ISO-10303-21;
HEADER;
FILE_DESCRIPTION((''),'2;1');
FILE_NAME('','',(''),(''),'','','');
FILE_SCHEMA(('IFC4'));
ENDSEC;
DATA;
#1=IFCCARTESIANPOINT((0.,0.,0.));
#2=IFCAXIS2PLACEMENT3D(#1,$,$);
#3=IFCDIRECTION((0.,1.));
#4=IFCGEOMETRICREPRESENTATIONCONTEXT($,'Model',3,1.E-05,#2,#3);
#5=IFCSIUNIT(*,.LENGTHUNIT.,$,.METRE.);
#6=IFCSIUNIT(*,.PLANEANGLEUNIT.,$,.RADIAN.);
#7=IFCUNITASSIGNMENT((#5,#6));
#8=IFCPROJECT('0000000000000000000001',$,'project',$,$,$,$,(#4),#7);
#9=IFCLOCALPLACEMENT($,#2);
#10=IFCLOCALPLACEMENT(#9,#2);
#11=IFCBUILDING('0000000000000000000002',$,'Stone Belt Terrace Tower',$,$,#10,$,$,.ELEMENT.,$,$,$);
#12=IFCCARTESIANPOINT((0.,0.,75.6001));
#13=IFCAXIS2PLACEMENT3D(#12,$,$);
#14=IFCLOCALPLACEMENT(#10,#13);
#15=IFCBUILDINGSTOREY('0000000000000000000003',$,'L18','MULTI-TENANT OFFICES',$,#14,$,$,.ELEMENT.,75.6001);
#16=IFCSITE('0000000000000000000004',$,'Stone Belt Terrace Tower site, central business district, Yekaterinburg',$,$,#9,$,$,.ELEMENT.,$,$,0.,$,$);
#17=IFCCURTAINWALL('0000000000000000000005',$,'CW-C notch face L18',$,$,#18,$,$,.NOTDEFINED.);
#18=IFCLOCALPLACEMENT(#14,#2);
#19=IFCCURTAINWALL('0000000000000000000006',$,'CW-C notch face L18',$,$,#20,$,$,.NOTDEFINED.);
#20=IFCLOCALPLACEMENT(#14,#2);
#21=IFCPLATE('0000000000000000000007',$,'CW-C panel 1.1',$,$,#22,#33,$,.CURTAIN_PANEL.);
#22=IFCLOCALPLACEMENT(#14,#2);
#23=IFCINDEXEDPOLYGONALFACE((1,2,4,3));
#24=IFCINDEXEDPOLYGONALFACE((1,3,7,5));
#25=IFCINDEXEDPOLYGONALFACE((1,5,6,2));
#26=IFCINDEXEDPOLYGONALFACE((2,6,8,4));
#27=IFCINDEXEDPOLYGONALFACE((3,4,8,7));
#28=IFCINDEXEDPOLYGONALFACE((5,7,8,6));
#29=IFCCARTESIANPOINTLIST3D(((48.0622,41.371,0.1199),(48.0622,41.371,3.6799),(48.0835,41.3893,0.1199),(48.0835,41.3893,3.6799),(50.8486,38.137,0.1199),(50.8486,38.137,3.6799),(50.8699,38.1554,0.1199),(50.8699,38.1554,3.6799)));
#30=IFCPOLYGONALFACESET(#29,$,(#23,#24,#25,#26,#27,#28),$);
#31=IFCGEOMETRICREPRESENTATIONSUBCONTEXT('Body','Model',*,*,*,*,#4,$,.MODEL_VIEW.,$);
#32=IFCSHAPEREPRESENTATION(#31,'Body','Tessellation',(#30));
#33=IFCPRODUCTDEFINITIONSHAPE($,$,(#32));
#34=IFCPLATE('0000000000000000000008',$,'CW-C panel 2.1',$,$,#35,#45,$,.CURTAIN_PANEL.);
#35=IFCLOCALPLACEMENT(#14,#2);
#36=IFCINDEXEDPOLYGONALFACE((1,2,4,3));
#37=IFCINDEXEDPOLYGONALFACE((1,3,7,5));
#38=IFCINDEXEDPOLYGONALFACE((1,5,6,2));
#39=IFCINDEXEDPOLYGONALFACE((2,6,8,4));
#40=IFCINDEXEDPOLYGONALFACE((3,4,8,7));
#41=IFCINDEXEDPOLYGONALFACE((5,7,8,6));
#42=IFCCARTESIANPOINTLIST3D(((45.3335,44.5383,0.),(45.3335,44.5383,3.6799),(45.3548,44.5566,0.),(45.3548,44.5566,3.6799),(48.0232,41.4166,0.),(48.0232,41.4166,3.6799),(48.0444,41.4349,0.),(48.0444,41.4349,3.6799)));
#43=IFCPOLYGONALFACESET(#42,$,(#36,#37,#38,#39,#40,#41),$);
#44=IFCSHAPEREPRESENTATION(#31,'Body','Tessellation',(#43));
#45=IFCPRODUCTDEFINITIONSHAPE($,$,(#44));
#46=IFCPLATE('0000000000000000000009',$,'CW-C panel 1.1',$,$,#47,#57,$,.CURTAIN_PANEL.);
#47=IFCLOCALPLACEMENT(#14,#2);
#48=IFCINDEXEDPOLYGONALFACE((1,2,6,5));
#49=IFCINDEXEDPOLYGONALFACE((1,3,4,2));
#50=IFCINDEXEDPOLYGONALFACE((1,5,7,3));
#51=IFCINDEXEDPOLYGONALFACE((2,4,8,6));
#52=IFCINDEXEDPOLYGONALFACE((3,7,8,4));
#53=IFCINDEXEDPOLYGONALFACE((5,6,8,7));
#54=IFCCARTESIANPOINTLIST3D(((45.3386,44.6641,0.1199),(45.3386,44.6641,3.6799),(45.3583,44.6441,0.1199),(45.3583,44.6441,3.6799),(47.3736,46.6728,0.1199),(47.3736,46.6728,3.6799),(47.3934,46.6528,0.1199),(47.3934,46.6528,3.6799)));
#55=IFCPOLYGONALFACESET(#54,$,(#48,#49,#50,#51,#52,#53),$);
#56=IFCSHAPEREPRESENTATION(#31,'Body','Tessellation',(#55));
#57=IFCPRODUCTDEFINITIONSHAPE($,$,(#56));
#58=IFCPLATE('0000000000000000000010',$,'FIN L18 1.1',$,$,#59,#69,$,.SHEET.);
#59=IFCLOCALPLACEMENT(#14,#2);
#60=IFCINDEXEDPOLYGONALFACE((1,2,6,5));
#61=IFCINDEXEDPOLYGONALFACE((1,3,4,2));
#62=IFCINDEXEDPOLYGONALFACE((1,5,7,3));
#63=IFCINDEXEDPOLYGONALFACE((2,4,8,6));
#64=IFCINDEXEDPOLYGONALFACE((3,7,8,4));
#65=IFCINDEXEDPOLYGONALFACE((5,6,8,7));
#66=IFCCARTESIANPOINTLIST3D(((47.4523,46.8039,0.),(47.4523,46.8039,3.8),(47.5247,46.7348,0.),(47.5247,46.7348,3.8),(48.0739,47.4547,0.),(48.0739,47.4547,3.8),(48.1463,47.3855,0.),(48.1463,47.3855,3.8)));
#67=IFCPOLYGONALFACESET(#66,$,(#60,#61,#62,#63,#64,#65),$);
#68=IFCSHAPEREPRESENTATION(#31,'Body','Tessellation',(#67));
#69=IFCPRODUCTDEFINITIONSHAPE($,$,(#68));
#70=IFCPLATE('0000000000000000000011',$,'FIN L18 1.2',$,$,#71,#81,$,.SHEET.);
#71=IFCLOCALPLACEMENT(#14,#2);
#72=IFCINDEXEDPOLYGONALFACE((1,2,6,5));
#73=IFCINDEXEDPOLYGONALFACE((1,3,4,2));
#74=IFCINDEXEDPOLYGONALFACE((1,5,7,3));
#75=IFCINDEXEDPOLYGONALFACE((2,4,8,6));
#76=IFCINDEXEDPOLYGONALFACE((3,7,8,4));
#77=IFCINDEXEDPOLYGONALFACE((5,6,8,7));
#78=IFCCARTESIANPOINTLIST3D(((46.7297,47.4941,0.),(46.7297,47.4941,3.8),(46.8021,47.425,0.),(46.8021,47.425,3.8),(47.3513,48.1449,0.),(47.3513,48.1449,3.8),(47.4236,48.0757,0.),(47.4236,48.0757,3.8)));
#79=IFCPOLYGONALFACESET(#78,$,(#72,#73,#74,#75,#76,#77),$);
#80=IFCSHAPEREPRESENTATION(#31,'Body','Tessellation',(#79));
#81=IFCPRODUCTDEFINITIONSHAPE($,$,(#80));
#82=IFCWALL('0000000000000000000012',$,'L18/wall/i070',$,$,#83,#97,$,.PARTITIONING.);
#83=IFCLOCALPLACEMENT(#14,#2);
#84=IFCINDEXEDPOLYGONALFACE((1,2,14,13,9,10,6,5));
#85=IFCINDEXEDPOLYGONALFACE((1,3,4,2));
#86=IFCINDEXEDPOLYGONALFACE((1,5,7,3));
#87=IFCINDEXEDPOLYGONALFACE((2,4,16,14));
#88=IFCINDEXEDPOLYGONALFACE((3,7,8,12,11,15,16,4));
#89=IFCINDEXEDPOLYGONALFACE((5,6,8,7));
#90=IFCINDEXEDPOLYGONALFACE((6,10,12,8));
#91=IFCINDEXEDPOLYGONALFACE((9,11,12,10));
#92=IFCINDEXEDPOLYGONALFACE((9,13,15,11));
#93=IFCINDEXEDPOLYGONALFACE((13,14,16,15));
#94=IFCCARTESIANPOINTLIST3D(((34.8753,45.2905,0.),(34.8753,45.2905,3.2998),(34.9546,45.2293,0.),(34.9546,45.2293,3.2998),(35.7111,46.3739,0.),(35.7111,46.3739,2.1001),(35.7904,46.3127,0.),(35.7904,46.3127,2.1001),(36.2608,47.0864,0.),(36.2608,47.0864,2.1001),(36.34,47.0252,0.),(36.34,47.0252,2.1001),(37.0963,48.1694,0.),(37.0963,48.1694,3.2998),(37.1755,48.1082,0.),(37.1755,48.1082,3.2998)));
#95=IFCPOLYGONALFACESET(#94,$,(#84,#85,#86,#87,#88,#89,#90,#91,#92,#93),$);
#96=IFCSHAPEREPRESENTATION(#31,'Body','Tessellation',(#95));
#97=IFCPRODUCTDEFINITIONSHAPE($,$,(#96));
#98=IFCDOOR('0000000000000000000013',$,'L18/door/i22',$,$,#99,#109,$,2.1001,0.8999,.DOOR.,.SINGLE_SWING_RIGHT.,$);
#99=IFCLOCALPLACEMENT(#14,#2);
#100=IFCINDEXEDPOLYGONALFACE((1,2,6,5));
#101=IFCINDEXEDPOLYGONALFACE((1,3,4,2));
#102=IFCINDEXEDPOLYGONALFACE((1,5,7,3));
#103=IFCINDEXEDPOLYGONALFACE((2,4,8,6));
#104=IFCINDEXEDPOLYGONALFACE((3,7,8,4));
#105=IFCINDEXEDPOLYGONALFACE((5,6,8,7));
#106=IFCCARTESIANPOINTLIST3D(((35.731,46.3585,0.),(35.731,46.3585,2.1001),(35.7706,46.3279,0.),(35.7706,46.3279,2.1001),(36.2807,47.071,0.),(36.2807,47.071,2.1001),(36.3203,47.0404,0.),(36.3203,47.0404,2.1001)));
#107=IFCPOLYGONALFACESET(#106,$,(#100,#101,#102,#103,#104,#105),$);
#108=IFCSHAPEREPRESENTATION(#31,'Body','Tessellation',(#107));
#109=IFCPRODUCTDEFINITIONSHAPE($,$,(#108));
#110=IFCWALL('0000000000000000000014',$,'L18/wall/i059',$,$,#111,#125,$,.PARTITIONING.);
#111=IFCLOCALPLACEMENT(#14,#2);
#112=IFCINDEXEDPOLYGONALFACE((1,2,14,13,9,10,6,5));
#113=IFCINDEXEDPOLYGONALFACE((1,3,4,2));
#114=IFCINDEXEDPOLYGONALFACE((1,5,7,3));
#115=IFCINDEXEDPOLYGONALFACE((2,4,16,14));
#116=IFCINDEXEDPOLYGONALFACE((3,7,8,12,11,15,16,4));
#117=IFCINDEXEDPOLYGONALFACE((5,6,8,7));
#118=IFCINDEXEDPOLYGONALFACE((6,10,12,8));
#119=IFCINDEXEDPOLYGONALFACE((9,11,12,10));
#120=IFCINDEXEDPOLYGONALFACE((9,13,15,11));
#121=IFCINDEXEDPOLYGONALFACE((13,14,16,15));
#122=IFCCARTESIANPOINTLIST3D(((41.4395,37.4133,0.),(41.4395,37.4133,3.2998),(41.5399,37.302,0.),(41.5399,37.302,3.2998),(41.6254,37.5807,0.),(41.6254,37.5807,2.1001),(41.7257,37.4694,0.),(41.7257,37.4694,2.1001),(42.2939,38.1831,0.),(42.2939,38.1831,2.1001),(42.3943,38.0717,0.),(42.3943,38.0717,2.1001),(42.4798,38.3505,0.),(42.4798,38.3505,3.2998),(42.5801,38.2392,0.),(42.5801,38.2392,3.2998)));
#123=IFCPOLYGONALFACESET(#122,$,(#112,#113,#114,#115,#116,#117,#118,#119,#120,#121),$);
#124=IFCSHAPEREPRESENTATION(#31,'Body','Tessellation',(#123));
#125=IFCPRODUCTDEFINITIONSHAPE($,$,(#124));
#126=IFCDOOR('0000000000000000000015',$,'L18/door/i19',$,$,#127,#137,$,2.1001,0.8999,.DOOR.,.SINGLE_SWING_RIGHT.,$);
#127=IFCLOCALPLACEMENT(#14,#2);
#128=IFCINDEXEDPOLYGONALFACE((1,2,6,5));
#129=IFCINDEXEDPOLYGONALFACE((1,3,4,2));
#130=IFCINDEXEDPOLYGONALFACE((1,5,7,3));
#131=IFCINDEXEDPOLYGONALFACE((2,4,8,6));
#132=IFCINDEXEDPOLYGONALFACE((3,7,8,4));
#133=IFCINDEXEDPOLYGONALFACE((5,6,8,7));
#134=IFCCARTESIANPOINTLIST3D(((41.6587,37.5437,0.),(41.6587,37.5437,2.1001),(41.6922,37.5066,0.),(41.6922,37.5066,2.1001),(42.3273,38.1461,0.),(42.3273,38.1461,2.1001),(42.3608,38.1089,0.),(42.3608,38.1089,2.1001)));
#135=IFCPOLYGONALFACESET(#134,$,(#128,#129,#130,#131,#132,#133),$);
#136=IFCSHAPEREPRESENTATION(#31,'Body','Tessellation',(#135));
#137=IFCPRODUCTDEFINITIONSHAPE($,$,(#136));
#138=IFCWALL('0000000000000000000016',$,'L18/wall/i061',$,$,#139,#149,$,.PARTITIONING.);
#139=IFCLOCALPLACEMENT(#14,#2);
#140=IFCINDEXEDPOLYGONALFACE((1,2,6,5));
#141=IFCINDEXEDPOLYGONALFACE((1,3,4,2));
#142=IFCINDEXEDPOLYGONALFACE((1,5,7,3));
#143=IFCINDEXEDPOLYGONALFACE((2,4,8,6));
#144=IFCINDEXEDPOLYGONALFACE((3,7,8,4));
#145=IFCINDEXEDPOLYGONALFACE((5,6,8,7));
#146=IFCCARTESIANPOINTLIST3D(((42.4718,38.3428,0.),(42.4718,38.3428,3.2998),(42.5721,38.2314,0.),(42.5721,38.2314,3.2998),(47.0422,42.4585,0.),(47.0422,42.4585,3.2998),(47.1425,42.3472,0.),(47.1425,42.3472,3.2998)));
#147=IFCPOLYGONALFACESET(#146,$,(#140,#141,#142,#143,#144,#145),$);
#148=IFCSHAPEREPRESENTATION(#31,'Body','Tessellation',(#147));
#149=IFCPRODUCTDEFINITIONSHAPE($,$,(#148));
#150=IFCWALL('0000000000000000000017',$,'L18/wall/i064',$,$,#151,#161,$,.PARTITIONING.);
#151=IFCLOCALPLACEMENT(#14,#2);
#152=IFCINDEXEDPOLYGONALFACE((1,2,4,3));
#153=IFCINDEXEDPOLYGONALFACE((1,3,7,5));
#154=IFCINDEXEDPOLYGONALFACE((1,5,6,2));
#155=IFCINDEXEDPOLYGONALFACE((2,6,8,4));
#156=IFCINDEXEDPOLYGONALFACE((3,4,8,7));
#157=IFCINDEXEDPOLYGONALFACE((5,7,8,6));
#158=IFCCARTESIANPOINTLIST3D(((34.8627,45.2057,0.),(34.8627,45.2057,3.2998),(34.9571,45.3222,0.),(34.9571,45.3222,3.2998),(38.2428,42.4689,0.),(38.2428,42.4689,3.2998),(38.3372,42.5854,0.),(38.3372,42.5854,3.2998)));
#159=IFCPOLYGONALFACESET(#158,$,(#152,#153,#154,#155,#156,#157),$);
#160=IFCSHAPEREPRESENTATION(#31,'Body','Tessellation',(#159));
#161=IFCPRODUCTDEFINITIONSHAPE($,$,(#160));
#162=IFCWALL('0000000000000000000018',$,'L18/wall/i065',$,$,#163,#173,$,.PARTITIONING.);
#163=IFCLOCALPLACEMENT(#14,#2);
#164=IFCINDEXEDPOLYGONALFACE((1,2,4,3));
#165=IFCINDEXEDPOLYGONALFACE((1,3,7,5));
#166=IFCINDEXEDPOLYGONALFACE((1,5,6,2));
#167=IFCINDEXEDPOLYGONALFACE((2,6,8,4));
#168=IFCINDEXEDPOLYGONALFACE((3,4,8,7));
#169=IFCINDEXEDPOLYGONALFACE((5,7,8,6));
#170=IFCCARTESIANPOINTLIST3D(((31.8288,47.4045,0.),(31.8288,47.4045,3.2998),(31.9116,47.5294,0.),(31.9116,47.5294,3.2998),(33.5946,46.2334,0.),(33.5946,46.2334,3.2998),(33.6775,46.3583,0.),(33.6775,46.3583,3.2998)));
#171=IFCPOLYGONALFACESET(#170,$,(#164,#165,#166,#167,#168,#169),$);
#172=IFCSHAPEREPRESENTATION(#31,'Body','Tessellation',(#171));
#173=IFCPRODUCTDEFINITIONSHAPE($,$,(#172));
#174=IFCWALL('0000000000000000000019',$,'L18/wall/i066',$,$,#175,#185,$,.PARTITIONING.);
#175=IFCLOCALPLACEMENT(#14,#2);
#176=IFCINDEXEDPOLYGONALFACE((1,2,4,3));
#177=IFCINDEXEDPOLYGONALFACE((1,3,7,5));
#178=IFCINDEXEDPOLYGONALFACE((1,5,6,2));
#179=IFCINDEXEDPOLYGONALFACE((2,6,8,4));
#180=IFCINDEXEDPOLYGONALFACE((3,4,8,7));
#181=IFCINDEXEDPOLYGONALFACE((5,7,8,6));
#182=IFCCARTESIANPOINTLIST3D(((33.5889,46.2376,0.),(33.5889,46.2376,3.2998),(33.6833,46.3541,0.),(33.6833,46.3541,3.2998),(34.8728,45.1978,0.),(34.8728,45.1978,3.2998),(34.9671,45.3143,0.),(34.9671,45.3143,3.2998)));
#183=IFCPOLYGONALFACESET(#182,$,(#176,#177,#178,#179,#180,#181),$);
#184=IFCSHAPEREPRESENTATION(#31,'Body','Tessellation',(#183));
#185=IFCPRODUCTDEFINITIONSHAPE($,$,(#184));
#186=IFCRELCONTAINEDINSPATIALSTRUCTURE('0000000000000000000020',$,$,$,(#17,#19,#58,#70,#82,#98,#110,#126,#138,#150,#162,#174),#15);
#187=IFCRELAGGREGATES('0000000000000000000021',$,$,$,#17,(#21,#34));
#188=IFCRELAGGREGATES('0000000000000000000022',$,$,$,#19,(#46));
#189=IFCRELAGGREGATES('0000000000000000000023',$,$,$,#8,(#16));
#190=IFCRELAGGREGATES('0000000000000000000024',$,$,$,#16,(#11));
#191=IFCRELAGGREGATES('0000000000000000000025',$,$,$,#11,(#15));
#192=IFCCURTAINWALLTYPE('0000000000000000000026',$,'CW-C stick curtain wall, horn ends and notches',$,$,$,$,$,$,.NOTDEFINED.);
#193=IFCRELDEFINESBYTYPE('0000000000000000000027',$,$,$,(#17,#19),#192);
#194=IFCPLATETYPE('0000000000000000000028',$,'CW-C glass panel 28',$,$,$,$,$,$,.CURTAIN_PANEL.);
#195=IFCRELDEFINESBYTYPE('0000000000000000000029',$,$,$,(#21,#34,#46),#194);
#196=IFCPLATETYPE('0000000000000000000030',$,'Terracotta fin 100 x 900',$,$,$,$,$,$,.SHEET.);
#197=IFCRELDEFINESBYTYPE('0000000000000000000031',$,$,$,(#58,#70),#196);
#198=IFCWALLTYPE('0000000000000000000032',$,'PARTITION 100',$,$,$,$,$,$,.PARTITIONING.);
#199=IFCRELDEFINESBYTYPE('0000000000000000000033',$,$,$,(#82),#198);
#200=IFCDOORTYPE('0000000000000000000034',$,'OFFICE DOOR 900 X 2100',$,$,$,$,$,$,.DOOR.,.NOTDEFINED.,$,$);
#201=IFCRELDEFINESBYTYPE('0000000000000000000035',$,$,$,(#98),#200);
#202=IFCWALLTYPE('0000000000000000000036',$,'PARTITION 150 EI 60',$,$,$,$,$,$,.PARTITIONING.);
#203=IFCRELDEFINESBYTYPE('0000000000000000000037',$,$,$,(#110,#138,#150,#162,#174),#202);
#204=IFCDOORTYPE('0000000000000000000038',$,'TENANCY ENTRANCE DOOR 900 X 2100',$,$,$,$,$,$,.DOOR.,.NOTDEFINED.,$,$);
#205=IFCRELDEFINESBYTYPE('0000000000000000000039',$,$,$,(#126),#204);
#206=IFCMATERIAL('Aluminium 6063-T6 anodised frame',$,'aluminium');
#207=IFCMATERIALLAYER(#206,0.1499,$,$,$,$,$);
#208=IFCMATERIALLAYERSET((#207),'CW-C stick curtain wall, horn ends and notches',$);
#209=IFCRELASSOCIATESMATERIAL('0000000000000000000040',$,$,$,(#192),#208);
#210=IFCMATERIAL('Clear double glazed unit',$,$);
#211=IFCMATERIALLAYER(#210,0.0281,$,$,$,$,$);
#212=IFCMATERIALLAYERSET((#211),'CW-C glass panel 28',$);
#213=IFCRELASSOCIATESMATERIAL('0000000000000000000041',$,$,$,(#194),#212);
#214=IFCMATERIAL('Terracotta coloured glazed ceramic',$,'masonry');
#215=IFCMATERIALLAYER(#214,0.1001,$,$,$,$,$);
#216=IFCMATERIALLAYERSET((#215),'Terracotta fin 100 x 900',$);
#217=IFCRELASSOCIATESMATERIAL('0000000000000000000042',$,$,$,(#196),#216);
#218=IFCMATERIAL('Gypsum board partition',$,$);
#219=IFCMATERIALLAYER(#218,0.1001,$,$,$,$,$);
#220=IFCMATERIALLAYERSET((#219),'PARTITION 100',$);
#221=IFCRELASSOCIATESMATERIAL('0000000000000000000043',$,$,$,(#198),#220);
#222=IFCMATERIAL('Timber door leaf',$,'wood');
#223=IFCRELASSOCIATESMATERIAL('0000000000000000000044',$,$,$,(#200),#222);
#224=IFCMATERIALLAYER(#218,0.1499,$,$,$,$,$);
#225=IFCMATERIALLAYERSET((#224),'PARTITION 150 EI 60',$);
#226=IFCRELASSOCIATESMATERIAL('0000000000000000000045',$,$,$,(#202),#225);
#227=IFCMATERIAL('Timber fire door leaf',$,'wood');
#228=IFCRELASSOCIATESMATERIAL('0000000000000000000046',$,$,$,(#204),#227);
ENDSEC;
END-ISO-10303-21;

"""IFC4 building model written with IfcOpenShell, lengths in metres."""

from ifc_helpers import new_model, si_unit, direction, frame, frame_2d, origin, origin_2d, place, context, subcontext, project, spatial, rectangle, extrude, material, layer, layer_set, type_object, element, fill, aggregate, save


model = new_model("IFC4")

# Units and contexts
model_context = context("Model", 3, precision=1e-05, world=origin(), true_north=direction((0.0, 1.0)))
body_context = subcontext(model_context, "Body", "Model", "MODEL_VIEW")
ifc_project = project(units=[si_unit("LENGTHUNIT", "METRE"), si_unit("PLANEANGLEUNIT", "RADIAN")], contexts=[model_context])

# Site, building, storey
site_placement = place(None, origin())
site = spatial("IfcSite", under=ifc_project, at=site_placement, Name="Stone Belt Terrace Tower site, central business district, Yekaterinburg", CompositionType="ELEMENT", RefElevation=0.0)
building_placement = place(site_placement, origin())
building = spatial("IfcBuilding", under=site, at=building_placement, Name="Stone Belt Terrace Tower", CompositionType="ELEMENT")
storey_placement = place(building_placement, frame((0.0, 0.0, 75.6001)))
storey = spatial("IfcBuildingStorey", under=building, at=storey_placement, Name="L18", Description="MULTI-TENANT OFFICES", CompositionType="ELEMENT", Elevation=75.6001)

# Curtain wall
ifc_material_1 = material(Name="Aluminium 6063-T6 anodised frame", Category="aluminium")
ifc_layer_1 = layer(ifc_material_1, 0.1499)
ifc_layer_set_1 = layer_set([ifc_layer_1], Name="CW-C stick curtain wall, horn ends and notches")
curtain_wall_type_1 = type_object("IfcCurtainWallType", Name="CW-C stick curtain wall, horn ends and notches", PredefinedType="NOTDEFINED", material=ifc_layer_set_1)
curtain_wall_1_placement = place(storey_placement, origin())
curtain_wall_1 = element("IfcCurtainWall", 1, at=curtain_wall_1_placement, inside=storey, type_object=curtain_wall_type_1, Name="CW-C notch face L18", PredefinedType="NOTDEFINED")

# Curtain wall
curtain_wall_2_placement = place(storey_placement, origin())
curtain_wall_2 = element("IfcCurtainWall", 2, at=curtain_wall_2_placement, inside=storey, type_object=curtain_wall_type_1, Name="CW-C notch face L18", PredefinedType="NOTDEFINED")

# Plates
ifc_material_2 = material(Name="Clear double glazed unit")
ifc_layer_2 = layer(ifc_material_2, 0.0281)
ifc_layer_set_2 = layer_set([ifc_layer_2], Name="CW-C glass panel 28")
plate_type_1 = type_object("IfcPlateType", Name="CW-C glass panel 28", PredefinedType="CURTAIN_PANEL", material=ifc_layer_set_2)
plate_1_placement = place(storey_placement, frame((49.4661, 39.7632, 0.1199), z_axis=(0.0, 0.0, 1.0), x_axis=(-0.652738, 0.757584, 0.0)))
plate_1 = element("IfcPlate", 3, at=plate_1_placement, type_object=plate_type_1, Name="CW-C panel 1.1", PredefinedType="CURTAIN_PANEL", context=body_context, shape_type="SweptSolid", body=[
    extrude(rectangle(XDim=4.2688, YDim=0.0281, at=origin_2d()), origin(), (0.0, 0.0, 1.0), 3.5601),
])
plate_2_placement = place(storey_placement, frame((46.689, 42.9866, 0.0), z_axis=(0.0, 0.0, 1.0), x_axis=(-0.652738, 0.757584, 0.0)))
plate_2 = element("IfcPlate", 4, at=plate_2_placement, type_object=plate_type_1, Name="CW-C panel 2.1", PredefinedType="CURTAIN_PANEL", context=body_context, shape_type="SweptSolid", body=[
    extrude(rectangle(XDim=4.1206, YDim=0.0281, at=origin_2d()), origin(), (0.0, 0.0, 1.0), 3.6799),
])
aggregate(curtain_wall_1, [plate_1, plate_2])
plate_3_placement = place(storey_placement, frame((46.366, 45.6584, 0.1199), z_axis=(0.0, 0.0, 1.0), x_axis=(0.711713, 0.70247, 0.0)))
plate_3 = element("IfcPlate", 5, at=plate_3_placement, type_object=plate_type_1, Name="CW-C panel 1.1", PredefinedType="CURTAIN_PANEL", context=body_context, shape_type="SweptSolid", body=[
    extrude(rectangle(XDim=2.8594, YDim=0.0281, at=origin_2d()), origin(), (0.0, 0.0, 1.0), 3.5601),
])
aggregate(curtain_wall_2, [plate_3])

# Plates
ifc_material_3 = material(Name="Terracotta coloured glazed ceramic", Category="masonry")
ifc_layer_3 = layer(ifc_material_3, 0.1001)
ifc_layer_set_3 = layer_set([ifc_layer_3], Name="Terracotta fin 100 x 900")
plate_type_2 = type_object("IfcPlateType", Name="Terracotta fin 100 x 900", PredefinedType="SHEET", material=ifc_layer_set_3)
for number, where, z_axis, x_axis, name in (
    (6, (47.7993, 47.0947, 0.0), (0.0, 0.0, 1.0), (0.690721, 0.723121, 0.0), "FIN L18 1.1"),
    (7, (47.0767, 47.7849, 0.0), (0.0, 0.0, 1.0), (0.690721, 0.723121, 0.0), "FIN L18 1.2"),
):
    element("IfcPlate", number, at=place(storey_placement, frame(where, z_axis=z_axis, x_axis=x_axis)), inside=storey, type_object=plate_type_2, Name=name, PredefinedType="SHEET", context=body_context, shape_type="SweptSolid", body=[
        extrude(rectangle(XDim=0.8999, YDim=0.1001, at=origin_2d()), origin(), (0.0, 0.0, 1.0), 3.8),
    ])

# Walls, openings, doors
ifc_material_4 = material(Name="Gypsum board partition")
ifc_layer_4 = layer(ifc_material_4, 0.1001)
ifc_layer_set_4 = layer_set([ifc_layer_4], Name="PARTITION 100")
wall_type_1 = type_object("IfcWallType", Name="PARTITION 100", PredefinedType="PARTITIONING", material=ifc_layer_set_4)
wall_1_placement = place(storey_placement, frame((34.915, 45.26, 0.0), z_axis=(0.0, 0.0, 1.0), x_axis=(0.610817, 0.791772, 0.0)))
wall_1 = element("IfcWall", 8, at=wall_1_placement, inside=storey, type_object=wall_type_1, Name="L18/wall/i070", PredefinedType="PARTITIONING", context=body_context, shape_type="SweptSolid", body=[
    extrude(rectangle(XDim=3.636, YDim=0.1001, at=frame_2d((1.8179, 0.0))), origin(), (0.0, 0.0, 1.0), 3.2998),
])
opening_1_placement = place(wall_1_placement, frame((1.3682, 0.0, 0.0)))
opening_1 = element("IfcOpeningElement", 9, at=opening_1_placement, cuts=wall_1, PredefinedType="OPENING", context=body_context, shape_type="SweptSolid", body=[
    extrude(rectangle(XDim=0.8999, YDim=2.1001, at=frame_2d((0.45, 1.05))), frame((0.0, 0.0601, 0.0), z_axis=(0.0, -1.0, 0.0), x_axis=(1.0, 0.0, 0.0)), (0.0, 0.0, 1.0), 0.1201),
])
ifc_material_5 = material(Name="Timber door leaf", Category="wood")
door_type_1 = type_object("IfcDoorType", Name="OFFICE DOOR 900 X 2100", OperationType="NOTDEFINED", PredefinedType="DOOR", material=ifc_material_5)
door_1_placement = place(opening_1_placement, origin())
door_1 = element("IfcDoor", 10, at=door_1_placement, inside=storey, type_object=door_type_1, Name="L18/door/i22", OperationType="SINGLE_SWING_RIGHT", OverallHeight=2.1001, OverallWidth=0.8999, PredefinedType="DOOR", context=body_context, shape_type="SweptSolid", body=[
    extrude(rectangle(XDim=0.8999, YDim=2.1001, at=frame_2d((0.45, 1.05))), frame((0.0, 0.0249, 0.0), z_axis=(0.0, -1.0, 0.0), x_axis=(1.0, 0.0, 0.0)), (0.0, 0.0, 1.0), 0.05),
])
fill(opening_1, door_1)
ifc_layer_5 = layer(ifc_material_4, 0.1499)
ifc_layer_set_5 = layer_set([ifc_layer_5], Name="PARTITION 150 EI 60")
wall_type_2 = type_object("IfcWallType", Name="PARTITION 150 EI 60", PredefinedType="PARTITIONING", material=ifc_layer_set_5)
wall_2_placement = place(storey_placement, frame((42.53, 38.2949, 0.0), z_axis=(0.0, 0.0, 1.0), x_axis=(-0.742939, -0.66936, 0.0)))
wall_2 = element("IfcWall", 11, at=wall_2_placement, inside=storey, type_object=wall_type_2, Name="L18/wall/i059", PredefinedType="PARTITIONING", context=body_context, shape_type="SweptSolid", body=[
    extrude(rectangle(XDim=1.4001, YDim=0.1499, at=frame_2d((0.7002, 0.0))), origin(), (0.0, 0.0, 1.0), 3.2998),
])
opening_2_placement = place(wall_2_placement, frame((0.2502, 0.0, 0.0)))
opening_2 = element("IfcOpeningElement", 12, at=opening_2_placement, cuts=wall_2, PredefinedType="OPENING", context=body_context, shape_type="SweptSolid", body=[
    extrude(rectangle(XDim=0.8999, YDim=2.1001, at=frame_2d((0.45, 1.05))), frame((0.0, 0.085, 0.0), z_axis=(0.0, -1.0, 0.0), x_axis=(1.0, 0.0, 0.0)), (0.0, 0.0, 1.0), 0.1699),
])
ifc_material_6 = material(Name="Timber fire door leaf", Category="wood")
door_type_2 = type_object("IfcDoorType", Name="TENANCY ENTRANCE DOOR 900 X 2100", OperationType="NOTDEFINED", PredefinedType="DOOR", material=ifc_material_6)
door_2_placement = place(opening_2_placement, origin())
door_2 = element("IfcDoor", 13, at=door_2_placement, inside=storey, type_object=door_type_2, Name="L18/door/i19", OperationType="SINGLE_SWING_RIGHT", OverallHeight=2.1001, OverallWidth=0.8999, PredefinedType="DOOR", context=body_context, shape_type="SweptSolid", body=[
    extrude(rectangle(XDim=0.8999, YDim=2.1001, at=frame_2d((0.45, 1.05))), frame((0.0, 0.0249, 0.0), z_axis=(0.0, -1.0, 0.0), x_axis=(1.0, 0.0, 0.0)), (0.0, 0.0, 1.0), 0.05),
])
fill(opening_2, door_2)

# Walls
wall_3_placement = place(storey_placement, frame((42.522, 38.2871, 0.0), z_axis=(0.0, 0.0, 1.0), x_axis=(0.743097, 0.669184, 0.0)))
element("IfcWall", 14, at=wall_3_placement, inside=storey, type_object=wall_type_2, Name="L18/wall/i061", PredefinedType="PARTITIONING", context=body_context, shape_type="SweptSolid", body=[
    extrude(rectangle(XDim=6.1504, YDim=0.1499, at=frame_2d((3.0752, 0.0))), origin(), (0.0, 0.0, 1.0), 3.2998),
])
wall_4_placement = place(storey_placement, frame((34.9099, 45.2639, 0.0), z_axis=(0.0, 0.0, 1.0), x_axis=(0.777186, -0.629271, 0.0)))
element("IfcWall", 15, at=wall_4_placement, inside=storey, type_object=wall_type_2, Name="L18/wall/i064", PredefinedType="PARTITIONING", context=body_context, shape_type="SweptSolid", body=[
    extrude(rectangle(XDim=4.3491, YDim=0.1499, at=frame_2d((2.1746, 0.0))), origin(), (0.0, 0.0, 1.0), 3.2998),
])
wall_5_placement = place(storey_placement, frame((31.8701, 47.467, 0.0), z_axis=(0.0, 0.0, 1.0), x_axis=(0.833377, -0.552704, 0.0)))
element("IfcWall", 16, at=wall_5_placement, inside=storey, type_object=wall_type_2, Name="L18/wall/i065", PredefinedType="PARTITIONING", context=body_context, shape_type="SweptSolid", body=[
    extrude(rectangle(XDim=2.1189, YDim=0.1499, at=frame_2d((1.0596, 0.0))), origin(), (0.0, 0.0, 1.0), 3.2998),
])
wall_6_placement = place(storey_placement, frame((33.636, 46.2959, 0.0), z_axis=(0.0, 0.0, 1.0), x_axis=(0.777121, -0.629351, 0.0)))
element("IfcWall", 17, at=wall_6_placement, inside=storey, type_object=wall_type_2, Name="L18/wall/i066", PredefinedType="PARTITIONING", context=body_context, shape_type="SweptSolid", body=[
    extrude(rectangle(XDim=1.6521, YDim=0.1499, at=frame_2d((0.8262, 0.0))), origin(), (0.0, 0.0, 1.0), 3.2998),
])

save(model, "model.ifc")
